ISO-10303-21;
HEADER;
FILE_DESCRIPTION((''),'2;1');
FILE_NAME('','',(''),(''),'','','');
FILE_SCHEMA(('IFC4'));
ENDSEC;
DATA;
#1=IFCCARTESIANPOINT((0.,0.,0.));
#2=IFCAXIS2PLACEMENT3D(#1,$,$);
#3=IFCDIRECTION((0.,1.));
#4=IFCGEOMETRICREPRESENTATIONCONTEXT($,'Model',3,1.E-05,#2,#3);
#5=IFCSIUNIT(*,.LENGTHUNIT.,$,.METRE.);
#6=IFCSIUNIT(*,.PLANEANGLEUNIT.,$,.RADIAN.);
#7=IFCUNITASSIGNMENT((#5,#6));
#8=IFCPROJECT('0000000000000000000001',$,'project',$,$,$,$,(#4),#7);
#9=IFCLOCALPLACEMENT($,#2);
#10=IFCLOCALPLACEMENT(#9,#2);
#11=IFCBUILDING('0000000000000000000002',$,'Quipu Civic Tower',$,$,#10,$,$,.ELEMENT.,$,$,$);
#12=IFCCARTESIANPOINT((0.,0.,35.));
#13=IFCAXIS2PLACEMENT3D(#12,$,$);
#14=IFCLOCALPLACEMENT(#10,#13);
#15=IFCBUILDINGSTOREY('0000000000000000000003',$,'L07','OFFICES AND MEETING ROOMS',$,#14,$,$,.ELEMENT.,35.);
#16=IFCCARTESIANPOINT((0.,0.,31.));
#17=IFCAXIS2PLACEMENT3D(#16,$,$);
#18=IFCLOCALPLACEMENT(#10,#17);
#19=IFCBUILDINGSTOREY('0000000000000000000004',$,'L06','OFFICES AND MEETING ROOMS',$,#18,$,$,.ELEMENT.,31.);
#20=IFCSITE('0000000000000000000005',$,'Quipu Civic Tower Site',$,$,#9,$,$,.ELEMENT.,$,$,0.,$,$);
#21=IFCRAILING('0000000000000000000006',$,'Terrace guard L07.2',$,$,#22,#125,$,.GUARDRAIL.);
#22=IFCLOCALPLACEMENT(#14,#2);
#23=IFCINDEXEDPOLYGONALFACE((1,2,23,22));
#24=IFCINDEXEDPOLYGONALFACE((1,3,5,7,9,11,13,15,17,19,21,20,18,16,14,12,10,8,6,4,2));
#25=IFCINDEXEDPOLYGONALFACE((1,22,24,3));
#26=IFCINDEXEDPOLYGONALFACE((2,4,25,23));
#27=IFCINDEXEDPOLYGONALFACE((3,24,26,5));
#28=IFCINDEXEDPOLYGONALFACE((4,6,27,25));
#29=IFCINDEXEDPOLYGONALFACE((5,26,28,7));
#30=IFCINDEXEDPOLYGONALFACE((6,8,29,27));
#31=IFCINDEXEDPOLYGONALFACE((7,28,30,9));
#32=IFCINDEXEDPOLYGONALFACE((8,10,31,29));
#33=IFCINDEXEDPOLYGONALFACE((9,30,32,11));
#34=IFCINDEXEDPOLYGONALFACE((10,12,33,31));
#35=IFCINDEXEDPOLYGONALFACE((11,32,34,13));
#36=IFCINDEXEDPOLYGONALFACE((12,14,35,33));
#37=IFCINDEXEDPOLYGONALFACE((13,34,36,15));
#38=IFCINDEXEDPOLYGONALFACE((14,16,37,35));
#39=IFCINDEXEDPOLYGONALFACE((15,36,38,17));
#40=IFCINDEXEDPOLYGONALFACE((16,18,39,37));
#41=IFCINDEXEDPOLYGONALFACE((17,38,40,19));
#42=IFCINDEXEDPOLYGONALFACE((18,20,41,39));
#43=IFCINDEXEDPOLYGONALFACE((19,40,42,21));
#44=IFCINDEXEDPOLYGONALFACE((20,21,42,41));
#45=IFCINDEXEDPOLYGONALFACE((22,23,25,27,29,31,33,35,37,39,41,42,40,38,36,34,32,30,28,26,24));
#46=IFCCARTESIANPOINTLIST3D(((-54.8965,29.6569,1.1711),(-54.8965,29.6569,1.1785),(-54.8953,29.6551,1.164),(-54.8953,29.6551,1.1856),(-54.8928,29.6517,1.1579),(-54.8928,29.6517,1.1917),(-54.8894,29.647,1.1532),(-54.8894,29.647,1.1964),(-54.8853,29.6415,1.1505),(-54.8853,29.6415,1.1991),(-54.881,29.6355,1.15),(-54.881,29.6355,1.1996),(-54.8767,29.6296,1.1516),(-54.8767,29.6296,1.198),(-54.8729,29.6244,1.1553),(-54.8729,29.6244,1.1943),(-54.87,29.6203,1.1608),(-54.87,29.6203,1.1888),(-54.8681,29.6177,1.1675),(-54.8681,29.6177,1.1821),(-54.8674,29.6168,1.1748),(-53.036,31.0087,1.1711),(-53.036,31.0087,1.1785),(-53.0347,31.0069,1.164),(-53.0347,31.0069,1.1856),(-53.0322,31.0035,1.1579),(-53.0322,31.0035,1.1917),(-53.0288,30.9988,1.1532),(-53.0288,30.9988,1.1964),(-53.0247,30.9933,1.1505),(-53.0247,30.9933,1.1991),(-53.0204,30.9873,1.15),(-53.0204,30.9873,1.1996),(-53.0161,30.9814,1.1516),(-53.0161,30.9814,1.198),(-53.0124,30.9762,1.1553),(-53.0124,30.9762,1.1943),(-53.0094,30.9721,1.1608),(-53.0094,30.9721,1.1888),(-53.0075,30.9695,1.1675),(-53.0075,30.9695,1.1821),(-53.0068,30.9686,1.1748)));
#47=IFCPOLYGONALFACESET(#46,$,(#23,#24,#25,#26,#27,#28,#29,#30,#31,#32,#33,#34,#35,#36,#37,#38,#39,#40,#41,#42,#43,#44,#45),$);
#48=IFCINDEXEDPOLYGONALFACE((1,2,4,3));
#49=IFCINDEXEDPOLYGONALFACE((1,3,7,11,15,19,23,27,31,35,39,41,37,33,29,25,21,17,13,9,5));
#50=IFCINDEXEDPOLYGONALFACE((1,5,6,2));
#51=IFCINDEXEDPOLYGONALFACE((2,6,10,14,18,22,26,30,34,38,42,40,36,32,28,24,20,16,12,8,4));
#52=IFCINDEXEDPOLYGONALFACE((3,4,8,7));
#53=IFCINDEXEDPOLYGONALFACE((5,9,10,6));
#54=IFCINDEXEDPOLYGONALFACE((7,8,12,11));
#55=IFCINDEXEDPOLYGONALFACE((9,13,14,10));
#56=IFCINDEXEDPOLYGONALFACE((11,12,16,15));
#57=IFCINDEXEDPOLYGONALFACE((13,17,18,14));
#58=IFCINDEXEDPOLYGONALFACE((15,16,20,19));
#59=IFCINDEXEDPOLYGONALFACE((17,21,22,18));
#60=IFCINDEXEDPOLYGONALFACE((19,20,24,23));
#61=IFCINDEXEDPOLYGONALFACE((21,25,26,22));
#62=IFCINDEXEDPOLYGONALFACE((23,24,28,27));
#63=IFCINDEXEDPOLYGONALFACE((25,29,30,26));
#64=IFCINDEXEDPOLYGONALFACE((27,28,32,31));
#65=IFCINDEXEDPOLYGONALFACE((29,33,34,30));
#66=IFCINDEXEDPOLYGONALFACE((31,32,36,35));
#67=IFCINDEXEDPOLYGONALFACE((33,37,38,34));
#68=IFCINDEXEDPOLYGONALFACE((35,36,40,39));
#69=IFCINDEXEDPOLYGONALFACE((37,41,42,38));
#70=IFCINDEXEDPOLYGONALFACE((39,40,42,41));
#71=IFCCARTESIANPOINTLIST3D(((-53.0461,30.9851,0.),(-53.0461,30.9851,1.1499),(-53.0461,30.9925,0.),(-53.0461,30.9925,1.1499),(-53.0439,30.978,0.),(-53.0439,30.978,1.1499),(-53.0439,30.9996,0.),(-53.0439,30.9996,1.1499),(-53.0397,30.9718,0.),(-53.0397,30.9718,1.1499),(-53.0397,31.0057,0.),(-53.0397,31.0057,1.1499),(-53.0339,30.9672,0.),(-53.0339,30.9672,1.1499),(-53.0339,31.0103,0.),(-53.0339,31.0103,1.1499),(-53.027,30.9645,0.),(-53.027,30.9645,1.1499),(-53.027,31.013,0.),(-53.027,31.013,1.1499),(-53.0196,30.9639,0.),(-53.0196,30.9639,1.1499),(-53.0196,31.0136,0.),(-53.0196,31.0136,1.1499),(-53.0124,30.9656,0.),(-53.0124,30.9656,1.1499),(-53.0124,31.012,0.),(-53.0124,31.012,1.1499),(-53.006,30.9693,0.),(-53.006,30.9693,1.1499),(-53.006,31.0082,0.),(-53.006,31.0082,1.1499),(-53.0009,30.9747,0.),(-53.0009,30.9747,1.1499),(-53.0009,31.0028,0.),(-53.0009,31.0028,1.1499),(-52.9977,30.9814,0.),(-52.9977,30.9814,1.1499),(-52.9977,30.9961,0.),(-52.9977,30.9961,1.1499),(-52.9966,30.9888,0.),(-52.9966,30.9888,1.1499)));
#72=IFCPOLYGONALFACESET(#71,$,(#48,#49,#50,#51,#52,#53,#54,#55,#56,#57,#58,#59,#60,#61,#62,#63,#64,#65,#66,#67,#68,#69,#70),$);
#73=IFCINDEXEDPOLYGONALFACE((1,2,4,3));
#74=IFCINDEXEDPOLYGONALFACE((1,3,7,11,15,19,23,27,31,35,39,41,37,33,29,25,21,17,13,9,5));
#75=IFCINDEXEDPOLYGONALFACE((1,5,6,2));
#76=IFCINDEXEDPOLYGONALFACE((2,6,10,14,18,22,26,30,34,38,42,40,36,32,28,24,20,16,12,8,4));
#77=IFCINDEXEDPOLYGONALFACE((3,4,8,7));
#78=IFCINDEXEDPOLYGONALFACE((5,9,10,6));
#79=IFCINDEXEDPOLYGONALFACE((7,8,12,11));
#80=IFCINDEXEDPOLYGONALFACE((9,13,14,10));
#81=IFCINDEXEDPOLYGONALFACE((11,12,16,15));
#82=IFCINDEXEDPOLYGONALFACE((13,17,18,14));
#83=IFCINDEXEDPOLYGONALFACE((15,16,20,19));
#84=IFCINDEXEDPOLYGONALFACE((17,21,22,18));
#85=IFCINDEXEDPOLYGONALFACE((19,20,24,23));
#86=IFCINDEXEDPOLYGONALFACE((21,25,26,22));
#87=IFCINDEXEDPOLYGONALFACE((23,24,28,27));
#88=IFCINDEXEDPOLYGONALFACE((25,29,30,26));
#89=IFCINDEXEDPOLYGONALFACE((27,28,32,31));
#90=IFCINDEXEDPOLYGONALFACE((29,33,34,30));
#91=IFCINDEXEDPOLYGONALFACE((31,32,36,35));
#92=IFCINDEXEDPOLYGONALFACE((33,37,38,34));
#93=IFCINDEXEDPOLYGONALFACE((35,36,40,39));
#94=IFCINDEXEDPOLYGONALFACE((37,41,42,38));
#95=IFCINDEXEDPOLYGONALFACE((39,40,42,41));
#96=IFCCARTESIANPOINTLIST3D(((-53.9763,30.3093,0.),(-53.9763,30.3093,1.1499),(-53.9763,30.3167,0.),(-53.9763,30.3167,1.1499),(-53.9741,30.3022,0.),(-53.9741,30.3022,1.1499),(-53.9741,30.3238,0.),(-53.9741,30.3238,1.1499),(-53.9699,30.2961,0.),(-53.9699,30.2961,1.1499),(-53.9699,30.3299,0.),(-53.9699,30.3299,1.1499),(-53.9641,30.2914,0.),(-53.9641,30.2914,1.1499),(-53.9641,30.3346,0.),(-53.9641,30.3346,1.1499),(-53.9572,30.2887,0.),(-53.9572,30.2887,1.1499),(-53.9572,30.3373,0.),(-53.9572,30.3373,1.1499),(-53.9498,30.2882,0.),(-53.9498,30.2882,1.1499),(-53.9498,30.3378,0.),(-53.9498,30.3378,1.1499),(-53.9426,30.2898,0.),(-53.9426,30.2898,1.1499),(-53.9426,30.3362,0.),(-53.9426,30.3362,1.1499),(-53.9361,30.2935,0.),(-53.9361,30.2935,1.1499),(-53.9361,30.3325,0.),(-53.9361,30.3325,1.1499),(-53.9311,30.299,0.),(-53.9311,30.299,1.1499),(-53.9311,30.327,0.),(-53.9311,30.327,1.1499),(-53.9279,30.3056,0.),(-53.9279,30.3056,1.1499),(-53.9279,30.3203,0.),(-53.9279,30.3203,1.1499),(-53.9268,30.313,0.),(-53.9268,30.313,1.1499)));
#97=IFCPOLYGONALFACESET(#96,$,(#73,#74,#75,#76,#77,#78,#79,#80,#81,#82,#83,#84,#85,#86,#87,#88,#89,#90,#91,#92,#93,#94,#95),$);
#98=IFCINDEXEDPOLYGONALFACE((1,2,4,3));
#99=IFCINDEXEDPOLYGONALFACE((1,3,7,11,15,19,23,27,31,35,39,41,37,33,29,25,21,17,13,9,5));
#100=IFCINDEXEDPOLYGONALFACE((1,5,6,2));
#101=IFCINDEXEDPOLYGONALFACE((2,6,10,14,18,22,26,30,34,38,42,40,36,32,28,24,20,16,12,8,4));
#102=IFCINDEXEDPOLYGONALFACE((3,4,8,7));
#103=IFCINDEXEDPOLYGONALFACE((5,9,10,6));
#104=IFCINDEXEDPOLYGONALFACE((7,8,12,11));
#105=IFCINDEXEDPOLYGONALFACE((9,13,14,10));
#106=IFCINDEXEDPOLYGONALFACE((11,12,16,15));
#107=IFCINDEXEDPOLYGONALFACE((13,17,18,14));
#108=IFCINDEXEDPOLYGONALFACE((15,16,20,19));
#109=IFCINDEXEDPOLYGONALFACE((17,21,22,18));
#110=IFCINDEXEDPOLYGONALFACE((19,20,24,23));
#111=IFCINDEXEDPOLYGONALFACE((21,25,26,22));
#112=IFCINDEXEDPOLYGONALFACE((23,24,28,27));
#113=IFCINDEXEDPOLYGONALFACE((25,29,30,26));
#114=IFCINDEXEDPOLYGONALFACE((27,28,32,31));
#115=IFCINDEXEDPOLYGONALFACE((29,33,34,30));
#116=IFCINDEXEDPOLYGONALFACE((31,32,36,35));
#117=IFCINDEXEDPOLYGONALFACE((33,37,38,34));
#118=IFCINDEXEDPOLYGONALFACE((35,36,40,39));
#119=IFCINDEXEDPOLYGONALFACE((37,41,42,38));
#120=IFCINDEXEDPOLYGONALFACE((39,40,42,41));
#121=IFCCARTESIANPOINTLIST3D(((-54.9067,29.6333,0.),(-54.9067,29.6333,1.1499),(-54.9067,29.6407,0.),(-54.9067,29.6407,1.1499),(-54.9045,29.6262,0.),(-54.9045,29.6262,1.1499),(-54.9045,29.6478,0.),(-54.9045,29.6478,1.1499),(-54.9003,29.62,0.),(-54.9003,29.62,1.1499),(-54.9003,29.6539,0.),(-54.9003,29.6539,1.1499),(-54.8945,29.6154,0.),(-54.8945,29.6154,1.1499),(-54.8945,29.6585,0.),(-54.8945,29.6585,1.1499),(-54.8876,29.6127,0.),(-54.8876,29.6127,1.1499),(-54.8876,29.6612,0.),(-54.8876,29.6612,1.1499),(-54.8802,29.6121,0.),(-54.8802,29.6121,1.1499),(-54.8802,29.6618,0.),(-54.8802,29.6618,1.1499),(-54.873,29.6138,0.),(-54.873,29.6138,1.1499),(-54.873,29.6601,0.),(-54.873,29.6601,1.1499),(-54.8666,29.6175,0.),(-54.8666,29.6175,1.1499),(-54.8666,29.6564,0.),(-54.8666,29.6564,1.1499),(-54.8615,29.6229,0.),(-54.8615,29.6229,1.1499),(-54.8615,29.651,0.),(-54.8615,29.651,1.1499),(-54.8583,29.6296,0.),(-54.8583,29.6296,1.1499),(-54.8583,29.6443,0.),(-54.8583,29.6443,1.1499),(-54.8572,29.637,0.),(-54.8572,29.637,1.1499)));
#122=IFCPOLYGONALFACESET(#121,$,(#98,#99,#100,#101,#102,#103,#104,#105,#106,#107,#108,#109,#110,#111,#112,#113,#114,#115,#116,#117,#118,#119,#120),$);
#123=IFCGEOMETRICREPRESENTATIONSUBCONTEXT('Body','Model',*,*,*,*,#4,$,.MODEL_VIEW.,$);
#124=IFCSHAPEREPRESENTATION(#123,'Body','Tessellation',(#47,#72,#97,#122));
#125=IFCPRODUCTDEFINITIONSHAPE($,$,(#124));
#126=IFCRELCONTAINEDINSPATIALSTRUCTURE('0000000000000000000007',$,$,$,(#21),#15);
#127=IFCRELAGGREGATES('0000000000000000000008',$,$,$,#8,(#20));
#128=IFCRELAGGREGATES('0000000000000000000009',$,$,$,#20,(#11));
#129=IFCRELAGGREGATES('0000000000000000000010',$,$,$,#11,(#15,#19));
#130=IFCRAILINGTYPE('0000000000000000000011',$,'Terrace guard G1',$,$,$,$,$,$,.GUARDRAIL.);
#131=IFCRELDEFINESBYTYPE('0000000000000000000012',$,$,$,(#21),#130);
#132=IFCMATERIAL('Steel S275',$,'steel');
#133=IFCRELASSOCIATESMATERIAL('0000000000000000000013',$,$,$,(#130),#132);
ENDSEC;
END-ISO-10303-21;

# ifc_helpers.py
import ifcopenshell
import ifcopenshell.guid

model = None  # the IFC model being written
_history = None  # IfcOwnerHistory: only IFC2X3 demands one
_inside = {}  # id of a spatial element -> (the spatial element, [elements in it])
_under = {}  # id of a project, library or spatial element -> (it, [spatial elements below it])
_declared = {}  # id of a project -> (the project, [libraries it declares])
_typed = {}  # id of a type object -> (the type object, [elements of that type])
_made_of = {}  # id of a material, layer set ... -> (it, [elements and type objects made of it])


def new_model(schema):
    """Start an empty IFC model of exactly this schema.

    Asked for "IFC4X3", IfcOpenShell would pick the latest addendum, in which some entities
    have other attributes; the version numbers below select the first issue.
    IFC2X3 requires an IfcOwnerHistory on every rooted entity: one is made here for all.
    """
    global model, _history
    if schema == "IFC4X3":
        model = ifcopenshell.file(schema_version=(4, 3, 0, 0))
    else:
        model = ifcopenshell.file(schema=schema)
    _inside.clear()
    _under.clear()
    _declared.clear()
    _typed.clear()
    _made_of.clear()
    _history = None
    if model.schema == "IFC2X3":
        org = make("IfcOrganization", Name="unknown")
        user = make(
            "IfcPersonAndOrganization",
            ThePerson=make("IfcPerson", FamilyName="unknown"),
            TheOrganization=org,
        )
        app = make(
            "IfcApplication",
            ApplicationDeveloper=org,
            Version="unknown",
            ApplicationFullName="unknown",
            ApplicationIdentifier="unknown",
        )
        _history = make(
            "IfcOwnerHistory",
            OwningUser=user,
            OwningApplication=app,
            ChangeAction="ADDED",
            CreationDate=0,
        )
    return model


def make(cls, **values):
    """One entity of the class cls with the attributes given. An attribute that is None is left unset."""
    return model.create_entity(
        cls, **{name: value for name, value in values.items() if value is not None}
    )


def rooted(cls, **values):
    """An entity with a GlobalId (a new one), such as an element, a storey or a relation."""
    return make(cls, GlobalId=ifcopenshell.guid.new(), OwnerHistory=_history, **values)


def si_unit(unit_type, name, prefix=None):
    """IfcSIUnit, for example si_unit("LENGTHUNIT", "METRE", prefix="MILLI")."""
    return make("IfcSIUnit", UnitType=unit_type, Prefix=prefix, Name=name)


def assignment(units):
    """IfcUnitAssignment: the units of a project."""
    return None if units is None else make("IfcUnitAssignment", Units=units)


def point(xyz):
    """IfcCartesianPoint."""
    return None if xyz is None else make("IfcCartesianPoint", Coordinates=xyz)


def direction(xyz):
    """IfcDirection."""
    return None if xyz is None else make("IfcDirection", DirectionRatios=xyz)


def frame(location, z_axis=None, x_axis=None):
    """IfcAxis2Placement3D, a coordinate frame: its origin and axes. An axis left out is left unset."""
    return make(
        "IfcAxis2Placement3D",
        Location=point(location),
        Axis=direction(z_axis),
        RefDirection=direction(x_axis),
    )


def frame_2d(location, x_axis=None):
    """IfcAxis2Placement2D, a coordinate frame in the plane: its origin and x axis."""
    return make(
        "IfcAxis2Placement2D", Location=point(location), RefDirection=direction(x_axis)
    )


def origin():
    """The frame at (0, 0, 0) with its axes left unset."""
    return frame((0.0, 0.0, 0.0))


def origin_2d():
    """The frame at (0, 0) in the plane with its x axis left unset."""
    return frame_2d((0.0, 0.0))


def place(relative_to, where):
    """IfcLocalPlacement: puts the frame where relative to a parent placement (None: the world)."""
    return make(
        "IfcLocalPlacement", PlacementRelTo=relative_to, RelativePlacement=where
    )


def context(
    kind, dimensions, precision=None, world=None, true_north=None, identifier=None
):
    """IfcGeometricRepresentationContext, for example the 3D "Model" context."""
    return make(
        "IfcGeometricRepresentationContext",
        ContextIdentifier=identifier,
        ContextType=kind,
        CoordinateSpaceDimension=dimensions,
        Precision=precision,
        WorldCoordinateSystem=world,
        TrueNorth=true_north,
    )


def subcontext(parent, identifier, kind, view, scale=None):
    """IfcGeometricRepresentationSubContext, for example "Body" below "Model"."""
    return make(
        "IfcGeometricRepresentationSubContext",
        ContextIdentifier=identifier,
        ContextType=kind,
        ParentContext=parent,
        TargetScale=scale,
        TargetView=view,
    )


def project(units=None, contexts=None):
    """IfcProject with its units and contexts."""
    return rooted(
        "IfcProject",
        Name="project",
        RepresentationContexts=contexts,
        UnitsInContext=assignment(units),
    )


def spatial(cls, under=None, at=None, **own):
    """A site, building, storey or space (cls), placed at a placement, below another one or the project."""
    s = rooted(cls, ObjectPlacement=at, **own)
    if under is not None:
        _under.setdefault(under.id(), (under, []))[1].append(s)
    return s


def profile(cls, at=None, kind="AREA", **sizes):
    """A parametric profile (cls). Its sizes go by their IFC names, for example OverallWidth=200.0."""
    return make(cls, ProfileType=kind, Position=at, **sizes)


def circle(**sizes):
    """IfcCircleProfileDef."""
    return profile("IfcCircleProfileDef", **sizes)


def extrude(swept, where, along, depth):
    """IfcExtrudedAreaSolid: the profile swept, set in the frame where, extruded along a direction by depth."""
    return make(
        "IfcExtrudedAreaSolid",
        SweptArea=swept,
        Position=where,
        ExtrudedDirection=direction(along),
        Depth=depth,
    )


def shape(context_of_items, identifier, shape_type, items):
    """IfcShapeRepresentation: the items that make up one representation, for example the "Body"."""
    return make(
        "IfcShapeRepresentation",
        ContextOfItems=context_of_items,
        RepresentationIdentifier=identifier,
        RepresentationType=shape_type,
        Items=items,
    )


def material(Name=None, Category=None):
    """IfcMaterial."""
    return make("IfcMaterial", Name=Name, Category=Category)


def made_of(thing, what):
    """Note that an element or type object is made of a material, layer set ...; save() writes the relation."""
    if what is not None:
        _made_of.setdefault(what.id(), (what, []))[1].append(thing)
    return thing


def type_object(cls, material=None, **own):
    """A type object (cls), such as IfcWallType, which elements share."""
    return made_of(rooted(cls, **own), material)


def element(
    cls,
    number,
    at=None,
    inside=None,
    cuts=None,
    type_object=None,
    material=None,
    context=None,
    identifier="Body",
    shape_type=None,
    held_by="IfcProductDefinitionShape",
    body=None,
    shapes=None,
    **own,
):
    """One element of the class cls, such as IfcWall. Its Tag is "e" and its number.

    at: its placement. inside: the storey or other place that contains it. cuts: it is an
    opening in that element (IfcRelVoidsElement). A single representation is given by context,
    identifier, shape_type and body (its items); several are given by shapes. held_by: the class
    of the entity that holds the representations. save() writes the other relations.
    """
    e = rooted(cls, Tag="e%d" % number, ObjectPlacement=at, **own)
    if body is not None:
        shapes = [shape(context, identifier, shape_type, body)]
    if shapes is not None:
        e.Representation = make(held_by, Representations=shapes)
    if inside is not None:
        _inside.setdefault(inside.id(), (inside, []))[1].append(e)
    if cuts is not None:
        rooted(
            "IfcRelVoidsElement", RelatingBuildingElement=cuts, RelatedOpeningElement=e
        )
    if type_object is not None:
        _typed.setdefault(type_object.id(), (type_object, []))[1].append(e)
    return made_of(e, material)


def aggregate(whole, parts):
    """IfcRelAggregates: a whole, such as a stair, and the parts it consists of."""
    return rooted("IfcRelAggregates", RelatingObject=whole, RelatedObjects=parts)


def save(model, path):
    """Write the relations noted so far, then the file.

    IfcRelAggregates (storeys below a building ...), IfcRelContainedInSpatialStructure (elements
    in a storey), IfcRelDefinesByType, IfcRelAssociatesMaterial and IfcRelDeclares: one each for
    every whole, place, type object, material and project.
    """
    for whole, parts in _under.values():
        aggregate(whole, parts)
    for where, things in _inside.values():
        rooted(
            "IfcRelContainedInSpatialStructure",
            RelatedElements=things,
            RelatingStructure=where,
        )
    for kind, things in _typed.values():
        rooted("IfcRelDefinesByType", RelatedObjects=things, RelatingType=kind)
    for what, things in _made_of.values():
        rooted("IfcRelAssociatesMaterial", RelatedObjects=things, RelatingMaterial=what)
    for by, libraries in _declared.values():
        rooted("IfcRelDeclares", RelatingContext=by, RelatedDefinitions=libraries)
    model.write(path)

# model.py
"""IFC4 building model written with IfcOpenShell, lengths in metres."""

from ifc_helpers import new_model, si_unit, direction, frame, origin, origin_2d, place, context, subcontext, project, spatial, circle, extrude, material, type_object, element, save


model = new_model("IFC4")

# Units and contexts
model_context = context("Model", 3, precision=1e-05, world=origin(), true_north=direction((0.0, 1.0)))
body_context = subcontext(model_context, "Body", "Model", "MODEL_VIEW")
ifc_project = project(units=[si_unit("LENGTHUNIT", "METRE"), si_unit("PLANEANGLEUNIT", "RADIAN")], contexts=[model_context])

# Site, building, storey
site_placement = place(None, origin())
site = spatial("IfcSite", under=ifc_project, at=site_placement, Name="Quipu Civic Tower Site", CompositionType="ELEMENT", RefElevation=0.0)
building_placement = place(site_placement, origin())
building = spatial("IfcBuilding", under=site, at=building_placement, Name="Quipu Civic Tower", CompositionType="ELEMENT")
storey_1_placement = place(building_placement, frame((0.0, 0.0, 35.0)))
storey_1 = spatial("IfcBuildingStorey", under=building, at=storey_1_placement, Name="L07", Description="OFFICES AND MEETING ROOMS", CompositionType="ELEMENT", Elevation=35.0)

# Shared definitions
storey_2_placement = place(building_placement, frame((0.0, 0.0, 31.0)))
storey_2 = spatial("IfcBuildingStorey", under=building, at=storey_2_placement, Name="L06", Description="OFFICES AND MEETING ROOMS", CompositionType="ELEMENT", Elevation=31.0)

# Railing
ifc_material_1 = material(Name="Steel S275", Category="steel")
railing_type = type_object("IfcRailingType", Name="Terrace guard G1", PredefinedType="GUARDRAIL", material=ifc_material_1)
railing_1_placement = place(storey_1_placement, frame((-53.0215, 30.9888, 0.0)))
element("IfcRailing", 1, at=railing_1_placement, inside=storey_1, type_object=railing_type, Name="Terrace guard L07.2", PredefinedType="GUARDRAIL", context=body_context, shape_type="SweptSolid", body=[
    extrude(circle(Radius=0.0249, at=origin_2d()), frame((0.0, 0.0, 1.1748), z_axis=(-0.809016, -0.587787, 0.0), x_axis=(0.587787, -0.809016, 0.0)), (0.0, 0.0, 1.0), 2.2998),
    extrude(circle(Radius=0.0249, at=origin_2d()), origin(), (0.0, 0.0, 1.0), 1.1499),
    extrude(circle(Radius=0.0249, at=origin_2d()), frame((-0.9302, -0.6758, 0.0)), (0.0, 0.0, 1.0), 1.1499),
    extrude(circle(Radius=0.0249, at=origin_2d()), frame((-1.8606, -1.3518, 0.0)), (0.0, 0.0, 1.0), 1.1499),
])

save(model, "model.ifc")
